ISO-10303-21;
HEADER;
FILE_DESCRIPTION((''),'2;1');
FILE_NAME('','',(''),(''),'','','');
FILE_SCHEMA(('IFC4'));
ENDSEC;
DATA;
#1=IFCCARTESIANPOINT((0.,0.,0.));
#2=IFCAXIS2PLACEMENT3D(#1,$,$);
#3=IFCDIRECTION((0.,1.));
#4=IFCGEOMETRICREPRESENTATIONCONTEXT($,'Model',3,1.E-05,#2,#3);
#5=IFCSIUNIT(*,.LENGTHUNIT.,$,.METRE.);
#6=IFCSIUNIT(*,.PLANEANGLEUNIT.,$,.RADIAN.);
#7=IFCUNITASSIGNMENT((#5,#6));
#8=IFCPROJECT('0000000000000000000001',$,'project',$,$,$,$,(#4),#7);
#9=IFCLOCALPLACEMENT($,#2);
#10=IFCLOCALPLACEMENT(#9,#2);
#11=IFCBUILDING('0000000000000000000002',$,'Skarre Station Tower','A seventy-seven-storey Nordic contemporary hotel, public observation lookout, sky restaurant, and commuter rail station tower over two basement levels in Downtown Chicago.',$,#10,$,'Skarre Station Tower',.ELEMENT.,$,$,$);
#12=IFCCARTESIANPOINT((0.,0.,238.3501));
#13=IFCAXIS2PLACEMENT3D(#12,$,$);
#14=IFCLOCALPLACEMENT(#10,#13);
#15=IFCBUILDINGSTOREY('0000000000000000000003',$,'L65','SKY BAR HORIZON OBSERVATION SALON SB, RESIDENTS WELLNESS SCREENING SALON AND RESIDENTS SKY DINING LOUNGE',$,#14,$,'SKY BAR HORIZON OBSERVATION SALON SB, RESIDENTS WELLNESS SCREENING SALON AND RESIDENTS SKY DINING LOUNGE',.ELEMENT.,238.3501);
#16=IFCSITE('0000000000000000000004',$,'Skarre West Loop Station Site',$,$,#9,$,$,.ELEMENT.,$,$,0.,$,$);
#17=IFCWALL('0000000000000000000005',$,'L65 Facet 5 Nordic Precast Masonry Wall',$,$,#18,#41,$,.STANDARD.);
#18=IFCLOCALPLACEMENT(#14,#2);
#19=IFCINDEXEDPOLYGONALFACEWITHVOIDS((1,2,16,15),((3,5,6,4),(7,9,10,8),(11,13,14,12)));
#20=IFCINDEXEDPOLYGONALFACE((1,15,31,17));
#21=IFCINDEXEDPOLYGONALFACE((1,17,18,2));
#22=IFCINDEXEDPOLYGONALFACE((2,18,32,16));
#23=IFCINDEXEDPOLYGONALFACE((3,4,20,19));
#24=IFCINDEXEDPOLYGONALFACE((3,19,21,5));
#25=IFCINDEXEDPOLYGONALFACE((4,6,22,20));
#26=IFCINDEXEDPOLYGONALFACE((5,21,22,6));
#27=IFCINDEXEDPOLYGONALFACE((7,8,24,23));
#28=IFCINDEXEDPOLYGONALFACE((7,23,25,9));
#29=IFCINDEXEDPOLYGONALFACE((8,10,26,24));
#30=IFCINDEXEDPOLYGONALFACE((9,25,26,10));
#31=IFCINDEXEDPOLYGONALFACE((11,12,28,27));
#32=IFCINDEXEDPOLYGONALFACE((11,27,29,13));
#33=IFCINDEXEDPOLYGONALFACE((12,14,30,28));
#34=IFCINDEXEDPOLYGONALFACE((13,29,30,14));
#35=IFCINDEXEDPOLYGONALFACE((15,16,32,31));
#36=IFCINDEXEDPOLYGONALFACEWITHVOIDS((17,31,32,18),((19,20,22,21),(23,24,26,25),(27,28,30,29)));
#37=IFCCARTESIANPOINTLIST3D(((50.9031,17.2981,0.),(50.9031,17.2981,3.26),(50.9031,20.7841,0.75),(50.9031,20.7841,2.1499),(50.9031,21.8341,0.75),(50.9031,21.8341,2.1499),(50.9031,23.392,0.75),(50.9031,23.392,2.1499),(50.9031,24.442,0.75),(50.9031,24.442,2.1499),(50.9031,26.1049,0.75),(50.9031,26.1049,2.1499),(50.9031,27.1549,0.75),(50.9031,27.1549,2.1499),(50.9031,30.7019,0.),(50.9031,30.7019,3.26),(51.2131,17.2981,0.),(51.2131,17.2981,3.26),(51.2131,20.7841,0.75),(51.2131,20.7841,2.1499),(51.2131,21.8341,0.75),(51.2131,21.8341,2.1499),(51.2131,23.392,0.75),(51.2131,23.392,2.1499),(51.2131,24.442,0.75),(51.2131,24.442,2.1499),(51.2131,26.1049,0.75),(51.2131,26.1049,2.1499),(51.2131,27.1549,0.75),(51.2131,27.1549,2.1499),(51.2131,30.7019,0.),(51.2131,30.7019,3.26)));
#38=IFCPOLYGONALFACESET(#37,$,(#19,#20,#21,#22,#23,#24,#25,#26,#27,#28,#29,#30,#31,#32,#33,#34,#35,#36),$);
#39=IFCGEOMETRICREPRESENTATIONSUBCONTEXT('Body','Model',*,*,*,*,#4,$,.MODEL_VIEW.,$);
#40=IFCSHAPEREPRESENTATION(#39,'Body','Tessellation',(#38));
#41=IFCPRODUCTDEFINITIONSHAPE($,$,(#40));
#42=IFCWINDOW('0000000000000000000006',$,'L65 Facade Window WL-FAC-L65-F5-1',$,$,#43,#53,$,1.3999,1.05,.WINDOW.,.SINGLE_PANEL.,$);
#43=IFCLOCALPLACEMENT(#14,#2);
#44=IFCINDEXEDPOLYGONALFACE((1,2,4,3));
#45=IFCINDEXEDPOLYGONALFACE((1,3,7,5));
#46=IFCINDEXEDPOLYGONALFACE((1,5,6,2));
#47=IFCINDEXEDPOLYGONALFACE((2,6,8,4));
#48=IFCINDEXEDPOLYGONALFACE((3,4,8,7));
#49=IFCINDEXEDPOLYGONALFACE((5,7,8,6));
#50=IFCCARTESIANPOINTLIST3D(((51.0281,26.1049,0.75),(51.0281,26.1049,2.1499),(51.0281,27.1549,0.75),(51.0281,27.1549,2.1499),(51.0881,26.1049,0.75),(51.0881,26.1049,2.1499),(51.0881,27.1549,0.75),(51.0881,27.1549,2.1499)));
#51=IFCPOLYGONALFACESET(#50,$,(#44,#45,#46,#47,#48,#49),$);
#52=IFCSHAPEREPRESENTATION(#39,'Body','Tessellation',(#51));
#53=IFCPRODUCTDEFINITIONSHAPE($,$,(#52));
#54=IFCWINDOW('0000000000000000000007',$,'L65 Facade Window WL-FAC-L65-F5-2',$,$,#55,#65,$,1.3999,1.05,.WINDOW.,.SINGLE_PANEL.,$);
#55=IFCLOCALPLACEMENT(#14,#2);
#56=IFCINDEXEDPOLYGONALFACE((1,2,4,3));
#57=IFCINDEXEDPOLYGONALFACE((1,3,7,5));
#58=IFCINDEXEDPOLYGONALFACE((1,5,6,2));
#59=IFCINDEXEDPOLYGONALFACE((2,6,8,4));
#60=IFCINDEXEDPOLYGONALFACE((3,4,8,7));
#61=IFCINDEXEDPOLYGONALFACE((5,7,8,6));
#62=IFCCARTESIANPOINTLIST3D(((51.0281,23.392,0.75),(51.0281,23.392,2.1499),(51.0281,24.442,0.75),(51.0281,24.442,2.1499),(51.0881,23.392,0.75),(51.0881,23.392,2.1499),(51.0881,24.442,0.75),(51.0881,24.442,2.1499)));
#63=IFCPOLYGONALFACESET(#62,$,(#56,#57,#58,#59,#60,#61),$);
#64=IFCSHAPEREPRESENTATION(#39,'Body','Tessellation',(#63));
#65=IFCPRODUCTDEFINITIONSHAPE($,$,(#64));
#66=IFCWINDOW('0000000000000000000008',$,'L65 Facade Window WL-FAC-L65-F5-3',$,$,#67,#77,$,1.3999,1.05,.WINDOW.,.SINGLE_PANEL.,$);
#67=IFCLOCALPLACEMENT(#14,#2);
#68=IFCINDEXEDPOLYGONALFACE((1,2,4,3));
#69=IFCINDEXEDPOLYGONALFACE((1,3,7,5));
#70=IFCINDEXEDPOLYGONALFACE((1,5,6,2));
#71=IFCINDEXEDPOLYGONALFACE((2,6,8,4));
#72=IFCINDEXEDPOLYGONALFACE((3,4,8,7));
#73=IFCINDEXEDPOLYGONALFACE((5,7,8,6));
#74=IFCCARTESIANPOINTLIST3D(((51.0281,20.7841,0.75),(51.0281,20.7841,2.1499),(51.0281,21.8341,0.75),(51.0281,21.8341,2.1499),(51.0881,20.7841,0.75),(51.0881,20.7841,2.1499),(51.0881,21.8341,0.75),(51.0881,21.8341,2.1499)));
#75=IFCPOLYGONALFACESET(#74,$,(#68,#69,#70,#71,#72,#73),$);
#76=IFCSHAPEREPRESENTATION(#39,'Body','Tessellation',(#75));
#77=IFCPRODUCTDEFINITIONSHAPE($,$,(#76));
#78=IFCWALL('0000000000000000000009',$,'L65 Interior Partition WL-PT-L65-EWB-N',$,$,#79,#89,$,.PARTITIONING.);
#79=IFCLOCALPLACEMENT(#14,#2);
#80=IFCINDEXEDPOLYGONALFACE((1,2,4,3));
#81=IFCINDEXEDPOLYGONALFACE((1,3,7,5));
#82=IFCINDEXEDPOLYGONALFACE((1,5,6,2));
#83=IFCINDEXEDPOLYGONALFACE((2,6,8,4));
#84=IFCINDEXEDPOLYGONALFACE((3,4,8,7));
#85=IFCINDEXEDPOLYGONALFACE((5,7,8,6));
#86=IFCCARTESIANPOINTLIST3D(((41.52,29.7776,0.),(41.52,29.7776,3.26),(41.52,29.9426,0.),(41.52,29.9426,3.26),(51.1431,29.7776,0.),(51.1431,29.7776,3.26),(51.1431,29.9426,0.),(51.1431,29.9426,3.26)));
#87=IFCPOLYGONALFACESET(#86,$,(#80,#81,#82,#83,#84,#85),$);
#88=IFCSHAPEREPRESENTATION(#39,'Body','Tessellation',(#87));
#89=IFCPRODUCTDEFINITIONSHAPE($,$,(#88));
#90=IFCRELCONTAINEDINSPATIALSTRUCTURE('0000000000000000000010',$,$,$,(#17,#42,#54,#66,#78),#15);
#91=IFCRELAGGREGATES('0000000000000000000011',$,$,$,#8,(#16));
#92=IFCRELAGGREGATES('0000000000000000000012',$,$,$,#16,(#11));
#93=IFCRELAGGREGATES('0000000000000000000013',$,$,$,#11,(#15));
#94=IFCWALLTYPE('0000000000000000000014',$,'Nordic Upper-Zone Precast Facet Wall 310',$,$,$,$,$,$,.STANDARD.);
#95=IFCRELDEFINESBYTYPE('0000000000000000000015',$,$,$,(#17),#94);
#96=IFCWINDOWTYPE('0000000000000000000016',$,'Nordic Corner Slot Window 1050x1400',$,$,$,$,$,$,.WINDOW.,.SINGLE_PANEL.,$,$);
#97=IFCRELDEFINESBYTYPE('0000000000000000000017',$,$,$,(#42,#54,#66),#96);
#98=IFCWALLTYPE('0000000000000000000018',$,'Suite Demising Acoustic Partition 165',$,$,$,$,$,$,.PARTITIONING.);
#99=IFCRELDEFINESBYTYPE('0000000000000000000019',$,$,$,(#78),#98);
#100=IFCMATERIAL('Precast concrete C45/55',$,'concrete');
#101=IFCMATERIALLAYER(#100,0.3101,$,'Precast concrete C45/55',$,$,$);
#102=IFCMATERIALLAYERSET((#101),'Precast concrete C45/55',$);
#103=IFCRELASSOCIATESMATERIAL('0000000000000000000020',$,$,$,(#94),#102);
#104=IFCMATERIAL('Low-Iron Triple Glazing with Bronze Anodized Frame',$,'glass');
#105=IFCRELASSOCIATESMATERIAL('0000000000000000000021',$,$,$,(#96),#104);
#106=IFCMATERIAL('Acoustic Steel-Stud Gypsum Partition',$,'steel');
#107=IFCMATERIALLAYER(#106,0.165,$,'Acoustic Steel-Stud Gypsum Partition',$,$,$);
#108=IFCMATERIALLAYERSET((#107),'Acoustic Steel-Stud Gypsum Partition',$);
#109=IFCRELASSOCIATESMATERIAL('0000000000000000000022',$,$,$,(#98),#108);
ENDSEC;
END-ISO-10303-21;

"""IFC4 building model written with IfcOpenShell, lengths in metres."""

from ifc_helpers import new_model, si_unit, direction, frame, frame_2d, origin, place, context, subcontext, project, spatial, rectangle, extrude, material, layer, layer_set, type_object, element, fill, save


model = new_model("IFC4")

# Units and contexts
model_context = context("Model", 3, precision=1e-05, world=origin(), true_north=direction((0.0, 1.0)))
body_context = subcontext(model_context, "Body", "Model", "MODEL_VIEW")
ifc_project = project(units=[si_unit("LENGTHUNIT", "METRE"), si_unit("PLANEANGLEUNIT", "RADIAN")], contexts=[model_context])

# Site, building, storey
site_placement = place(None, origin())
site = spatial("IfcSite", under=ifc_project, at=site_placement, Name="Skarre West Loop Station Site", CompositionType="ELEMENT", RefElevation=0.0)
building_placement = place(site_placement, origin())
building = spatial("IfcBuilding", under=site, at=building_placement, Name="Skarre Station Tower", Description="A seventy-seven-storey Nordic contemporary hotel, public observation lookout, sky restaurant, and commuter rail station tower over two basement levels in Downtown Chicago.", LongName="Skarre Station Tower", CompositionType="ELEMENT")
storey_placement = place(building_placement, frame((0.0, 0.0, 238.3501)))
storey = spatial("IfcBuildingStorey", under=building, at=storey_placement, Name="L65", Description="SKY BAR HORIZON OBSERVATION SALON SB, RESIDENTS WELLNESS SCREENING SALON AND RESIDENTS SKY DINING LOUNGE", LongName="SKY BAR HORIZON OBSERVATION SALON SB, RESIDENTS WELLNESS SCREENING SALON AND RESIDENTS SKY DINING LOUNGE", CompositionType="ELEMENT", Elevation=238.3501)

# Shared definitions
ifc_material_1 = material(Name="Acoustic Steel-Stud Gypsum Partition", Category="steel")

# Wall, openings, windows
ifc_material_2 = material(Name="Precast concrete C45/55", Category="concrete")
ifc_layer_1 = layer(ifc_material_2, 0.3101, Name="Precast concrete C45/55")
ifc_layer_set_1 = layer_set([ifc_layer_1], Name="Precast concrete C45/55")
wall_type_1 = type_object("IfcWallType", Name="Nordic Upper-Zone Precast Facet Wall 310", PredefinedType="STANDARD", material=ifc_layer_set_1)
wall_1_placement = place(storey_placement, frame((51.0581, 30.7019, 0.0), z_axis=(0.0, 0.0, 1.0), x_axis=(0.0, -1.0, 0.0)))
wall_1 = element("IfcWall", 1, at=wall_1_placement, inside=storey, type_object=wall_type_1, Name="L65 Facet 5 Nordic Precast Masonry Wall", PredefinedType="STANDARD", context=body_context, shape_type="SweptSolid", body=[
    extrude(rectangle(XDim=13.4038, YDim=0.3101, at=frame_2d((6.7019, 0.0))), origin(), (0.0, 0.0, 1.0), 3.26),
])
opening_1_placement = place(wall_1_placement, frame((3.5471, 0.0, 0.75)))
opening_1 = element("IfcOpeningElement", 2, at=opening_1_placement, cuts=wall_1, PredefinedType="OPENING", context=body_context, shape_type="SweptSolid", body=[
    extrude(rectangle(XDim=1.05, YDim=1.3999, at=frame_2d((0.5249, 0.7))), frame((0.0, 0.165, 0.0), z_axis=(0.0, -1.0, 0.0), x_axis=(1.0, 0.0, 0.0)), (0.0, 0.0, 1.0), 0.3301),
])
opening_2_placement = place(wall_1_placement, frame((6.26, 0.0, 0.75)))
opening_2 = element("IfcOpeningElement", 3, at=opening_2_placement, cuts=wall_1, PredefinedType="OPENING", context=body_context, shape_type="SweptSolid", body=[
    extrude(rectangle(XDim=1.05, YDim=1.3999, at=frame_2d((0.5249, 0.7))), frame((0.0, 0.165, 0.0), z_axis=(0.0, -1.0, 0.0), x_axis=(1.0, 0.0, 0.0)), (0.0, 0.0, 1.0), 0.3301),
])
opening_3_placement = place(wall_1_placement, frame((8.8679, 0.0, 0.75)))
opening_3 = element("IfcOpeningElement", 4, at=opening_3_placement, cuts=wall_1, PredefinedType="OPENING", context=body_context, shape_type="SweptSolid", body=[
    extrude(rectangle(XDim=1.05, YDim=1.3999, at=frame_2d((0.5249, 0.7))), frame((0.0, 0.165, 0.0), z_axis=(0.0, -1.0, 0.0), x_axis=(1.0, 0.0, 0.0)), (0.0, 0.0, 1.0), 0.3301),
])
ifc_material_3 = material(Name="Low-Iron Triple Glazing with Bronze Anodized Frame", Category="glass")
window_type = type_object("IfcWindowType", Name="Nordic Corner Slot Window 1050x1400", PartitioningType="SINGLE_PANEL", PredefinedType="WINDOW", material=ifc_material_3)
window_1_placement = place(opening_1_placement, origin())
window_1 = element("IfcWindow", 5, at=window_1_placement, inside=storey, type_object=window_type, Name="L65 Facade Window WL-FAC-L65-F5-1", OverallHeight=1.3999, OverallWidth=1.05, PartitioningType="SINGLE_PANEL", PredefinedType="WINDOW", context=body_context, shape_type="SweptSolid", body=[
    extrude(rectangle(XDim=1.05, YDim=1.3999, at=frame_2d((0.5249, 0.7))), frame((0.0, 0.03, 0.0), z_axis=(0.0, -1.0, 0.0), x_axis=(1.0, 0.0, 0.0)), (0.0, 0.0, 1.0), 0.0601),
])
fill(opening_1, window_1)
window_2_placement = place(opening_2_placement, origin())
window_2 = element("IfcWindow", 6, at=window_2_placement, inside=storey, type_object=window_type, Name="L65 Facade Window WL-FAC-L65-F5-2", OverallHeight=1.3999, OverallWidth=1.05, PartitioningType="SINGLE_PANEL", PredefinedType="WINDOW", context=body_context, shape_type="SweptSolid", body=[
    extrude(rectangle(XDim=1.05, YDim=1.3999, at=frame_2d((0.5249, 0.7))), frame((0.0, 0.03, 0.0), z_axis=(0.0, -1.0, 0.0), x_axis=(1.0, 0.0, 0.0)), (0.0, 0.0, 1.0), 0.0601),
])
fill(opening_2, window_2)
window_3_placement = place(opening_3_placement, origin())
window_3 = element("IfcWindow", 7, at=window_3_placement, inside=storey, type_object=window_type, Name="L65 Facade Window WL-FAC-L65-F5-3", OverallHeight=1.3999, OverallWidth=1.05, PartitioningType="SINGLE_PANEL", PredefinedType="WINDOW", context=body_context, shape_type="SweptSolid", body=[
    extrude(rectangle(XDim=1.05, YDim=1.3999, at=frame_2d((0.5249, 0.7))), frame((0.0, 0.03, 0.0), z_axis=(0.0, -1.0, 0.0), x_axis=(1.0, 0.0, 0.0)), (0.0, 0.0, 1.0), 0.0601),
])
fill(opening_3, window_3)

# Wall
ifc_layer_2 = layer(ifc_material_1, 0.165, Name="Acoustic Steel-Stud Gypsum Partition")
ifc_layer_set_2 = layer_set([ifc_layer_2], Name="Acoustic Steel-Stud Gypsum Partition")
wall_type_2 = type_object("IfcWallType", Name="Suite Demising Acoustic Partition 165", PredefinedType="PARTITIONING", material=ifc_layer_set_2)
wall_2_placement = place(storey_placement, frame((41.52, 29.8601, 0.0), z_axis=(0.0, 0.0, 1.0), x_axis=(1.0, 0.0, 0.0)))
element("IfcWall", 8, at=wall_2_placement, inside=storey, type_object=wall_type_2, Name="L65 Interior Partition WL-PT-L65-EWB-N", PredefinedType="PARTITIONING", context=body_context, shape_type="SweptSolid", body=[
    extrude(rectangle(XDim=9.623, YDim=0.165, at=frame_2d((4.8115, 0.0))), origin(), (0.0, 0.0, 1.0), 3.26),
])

save(model, "model.ifc")
